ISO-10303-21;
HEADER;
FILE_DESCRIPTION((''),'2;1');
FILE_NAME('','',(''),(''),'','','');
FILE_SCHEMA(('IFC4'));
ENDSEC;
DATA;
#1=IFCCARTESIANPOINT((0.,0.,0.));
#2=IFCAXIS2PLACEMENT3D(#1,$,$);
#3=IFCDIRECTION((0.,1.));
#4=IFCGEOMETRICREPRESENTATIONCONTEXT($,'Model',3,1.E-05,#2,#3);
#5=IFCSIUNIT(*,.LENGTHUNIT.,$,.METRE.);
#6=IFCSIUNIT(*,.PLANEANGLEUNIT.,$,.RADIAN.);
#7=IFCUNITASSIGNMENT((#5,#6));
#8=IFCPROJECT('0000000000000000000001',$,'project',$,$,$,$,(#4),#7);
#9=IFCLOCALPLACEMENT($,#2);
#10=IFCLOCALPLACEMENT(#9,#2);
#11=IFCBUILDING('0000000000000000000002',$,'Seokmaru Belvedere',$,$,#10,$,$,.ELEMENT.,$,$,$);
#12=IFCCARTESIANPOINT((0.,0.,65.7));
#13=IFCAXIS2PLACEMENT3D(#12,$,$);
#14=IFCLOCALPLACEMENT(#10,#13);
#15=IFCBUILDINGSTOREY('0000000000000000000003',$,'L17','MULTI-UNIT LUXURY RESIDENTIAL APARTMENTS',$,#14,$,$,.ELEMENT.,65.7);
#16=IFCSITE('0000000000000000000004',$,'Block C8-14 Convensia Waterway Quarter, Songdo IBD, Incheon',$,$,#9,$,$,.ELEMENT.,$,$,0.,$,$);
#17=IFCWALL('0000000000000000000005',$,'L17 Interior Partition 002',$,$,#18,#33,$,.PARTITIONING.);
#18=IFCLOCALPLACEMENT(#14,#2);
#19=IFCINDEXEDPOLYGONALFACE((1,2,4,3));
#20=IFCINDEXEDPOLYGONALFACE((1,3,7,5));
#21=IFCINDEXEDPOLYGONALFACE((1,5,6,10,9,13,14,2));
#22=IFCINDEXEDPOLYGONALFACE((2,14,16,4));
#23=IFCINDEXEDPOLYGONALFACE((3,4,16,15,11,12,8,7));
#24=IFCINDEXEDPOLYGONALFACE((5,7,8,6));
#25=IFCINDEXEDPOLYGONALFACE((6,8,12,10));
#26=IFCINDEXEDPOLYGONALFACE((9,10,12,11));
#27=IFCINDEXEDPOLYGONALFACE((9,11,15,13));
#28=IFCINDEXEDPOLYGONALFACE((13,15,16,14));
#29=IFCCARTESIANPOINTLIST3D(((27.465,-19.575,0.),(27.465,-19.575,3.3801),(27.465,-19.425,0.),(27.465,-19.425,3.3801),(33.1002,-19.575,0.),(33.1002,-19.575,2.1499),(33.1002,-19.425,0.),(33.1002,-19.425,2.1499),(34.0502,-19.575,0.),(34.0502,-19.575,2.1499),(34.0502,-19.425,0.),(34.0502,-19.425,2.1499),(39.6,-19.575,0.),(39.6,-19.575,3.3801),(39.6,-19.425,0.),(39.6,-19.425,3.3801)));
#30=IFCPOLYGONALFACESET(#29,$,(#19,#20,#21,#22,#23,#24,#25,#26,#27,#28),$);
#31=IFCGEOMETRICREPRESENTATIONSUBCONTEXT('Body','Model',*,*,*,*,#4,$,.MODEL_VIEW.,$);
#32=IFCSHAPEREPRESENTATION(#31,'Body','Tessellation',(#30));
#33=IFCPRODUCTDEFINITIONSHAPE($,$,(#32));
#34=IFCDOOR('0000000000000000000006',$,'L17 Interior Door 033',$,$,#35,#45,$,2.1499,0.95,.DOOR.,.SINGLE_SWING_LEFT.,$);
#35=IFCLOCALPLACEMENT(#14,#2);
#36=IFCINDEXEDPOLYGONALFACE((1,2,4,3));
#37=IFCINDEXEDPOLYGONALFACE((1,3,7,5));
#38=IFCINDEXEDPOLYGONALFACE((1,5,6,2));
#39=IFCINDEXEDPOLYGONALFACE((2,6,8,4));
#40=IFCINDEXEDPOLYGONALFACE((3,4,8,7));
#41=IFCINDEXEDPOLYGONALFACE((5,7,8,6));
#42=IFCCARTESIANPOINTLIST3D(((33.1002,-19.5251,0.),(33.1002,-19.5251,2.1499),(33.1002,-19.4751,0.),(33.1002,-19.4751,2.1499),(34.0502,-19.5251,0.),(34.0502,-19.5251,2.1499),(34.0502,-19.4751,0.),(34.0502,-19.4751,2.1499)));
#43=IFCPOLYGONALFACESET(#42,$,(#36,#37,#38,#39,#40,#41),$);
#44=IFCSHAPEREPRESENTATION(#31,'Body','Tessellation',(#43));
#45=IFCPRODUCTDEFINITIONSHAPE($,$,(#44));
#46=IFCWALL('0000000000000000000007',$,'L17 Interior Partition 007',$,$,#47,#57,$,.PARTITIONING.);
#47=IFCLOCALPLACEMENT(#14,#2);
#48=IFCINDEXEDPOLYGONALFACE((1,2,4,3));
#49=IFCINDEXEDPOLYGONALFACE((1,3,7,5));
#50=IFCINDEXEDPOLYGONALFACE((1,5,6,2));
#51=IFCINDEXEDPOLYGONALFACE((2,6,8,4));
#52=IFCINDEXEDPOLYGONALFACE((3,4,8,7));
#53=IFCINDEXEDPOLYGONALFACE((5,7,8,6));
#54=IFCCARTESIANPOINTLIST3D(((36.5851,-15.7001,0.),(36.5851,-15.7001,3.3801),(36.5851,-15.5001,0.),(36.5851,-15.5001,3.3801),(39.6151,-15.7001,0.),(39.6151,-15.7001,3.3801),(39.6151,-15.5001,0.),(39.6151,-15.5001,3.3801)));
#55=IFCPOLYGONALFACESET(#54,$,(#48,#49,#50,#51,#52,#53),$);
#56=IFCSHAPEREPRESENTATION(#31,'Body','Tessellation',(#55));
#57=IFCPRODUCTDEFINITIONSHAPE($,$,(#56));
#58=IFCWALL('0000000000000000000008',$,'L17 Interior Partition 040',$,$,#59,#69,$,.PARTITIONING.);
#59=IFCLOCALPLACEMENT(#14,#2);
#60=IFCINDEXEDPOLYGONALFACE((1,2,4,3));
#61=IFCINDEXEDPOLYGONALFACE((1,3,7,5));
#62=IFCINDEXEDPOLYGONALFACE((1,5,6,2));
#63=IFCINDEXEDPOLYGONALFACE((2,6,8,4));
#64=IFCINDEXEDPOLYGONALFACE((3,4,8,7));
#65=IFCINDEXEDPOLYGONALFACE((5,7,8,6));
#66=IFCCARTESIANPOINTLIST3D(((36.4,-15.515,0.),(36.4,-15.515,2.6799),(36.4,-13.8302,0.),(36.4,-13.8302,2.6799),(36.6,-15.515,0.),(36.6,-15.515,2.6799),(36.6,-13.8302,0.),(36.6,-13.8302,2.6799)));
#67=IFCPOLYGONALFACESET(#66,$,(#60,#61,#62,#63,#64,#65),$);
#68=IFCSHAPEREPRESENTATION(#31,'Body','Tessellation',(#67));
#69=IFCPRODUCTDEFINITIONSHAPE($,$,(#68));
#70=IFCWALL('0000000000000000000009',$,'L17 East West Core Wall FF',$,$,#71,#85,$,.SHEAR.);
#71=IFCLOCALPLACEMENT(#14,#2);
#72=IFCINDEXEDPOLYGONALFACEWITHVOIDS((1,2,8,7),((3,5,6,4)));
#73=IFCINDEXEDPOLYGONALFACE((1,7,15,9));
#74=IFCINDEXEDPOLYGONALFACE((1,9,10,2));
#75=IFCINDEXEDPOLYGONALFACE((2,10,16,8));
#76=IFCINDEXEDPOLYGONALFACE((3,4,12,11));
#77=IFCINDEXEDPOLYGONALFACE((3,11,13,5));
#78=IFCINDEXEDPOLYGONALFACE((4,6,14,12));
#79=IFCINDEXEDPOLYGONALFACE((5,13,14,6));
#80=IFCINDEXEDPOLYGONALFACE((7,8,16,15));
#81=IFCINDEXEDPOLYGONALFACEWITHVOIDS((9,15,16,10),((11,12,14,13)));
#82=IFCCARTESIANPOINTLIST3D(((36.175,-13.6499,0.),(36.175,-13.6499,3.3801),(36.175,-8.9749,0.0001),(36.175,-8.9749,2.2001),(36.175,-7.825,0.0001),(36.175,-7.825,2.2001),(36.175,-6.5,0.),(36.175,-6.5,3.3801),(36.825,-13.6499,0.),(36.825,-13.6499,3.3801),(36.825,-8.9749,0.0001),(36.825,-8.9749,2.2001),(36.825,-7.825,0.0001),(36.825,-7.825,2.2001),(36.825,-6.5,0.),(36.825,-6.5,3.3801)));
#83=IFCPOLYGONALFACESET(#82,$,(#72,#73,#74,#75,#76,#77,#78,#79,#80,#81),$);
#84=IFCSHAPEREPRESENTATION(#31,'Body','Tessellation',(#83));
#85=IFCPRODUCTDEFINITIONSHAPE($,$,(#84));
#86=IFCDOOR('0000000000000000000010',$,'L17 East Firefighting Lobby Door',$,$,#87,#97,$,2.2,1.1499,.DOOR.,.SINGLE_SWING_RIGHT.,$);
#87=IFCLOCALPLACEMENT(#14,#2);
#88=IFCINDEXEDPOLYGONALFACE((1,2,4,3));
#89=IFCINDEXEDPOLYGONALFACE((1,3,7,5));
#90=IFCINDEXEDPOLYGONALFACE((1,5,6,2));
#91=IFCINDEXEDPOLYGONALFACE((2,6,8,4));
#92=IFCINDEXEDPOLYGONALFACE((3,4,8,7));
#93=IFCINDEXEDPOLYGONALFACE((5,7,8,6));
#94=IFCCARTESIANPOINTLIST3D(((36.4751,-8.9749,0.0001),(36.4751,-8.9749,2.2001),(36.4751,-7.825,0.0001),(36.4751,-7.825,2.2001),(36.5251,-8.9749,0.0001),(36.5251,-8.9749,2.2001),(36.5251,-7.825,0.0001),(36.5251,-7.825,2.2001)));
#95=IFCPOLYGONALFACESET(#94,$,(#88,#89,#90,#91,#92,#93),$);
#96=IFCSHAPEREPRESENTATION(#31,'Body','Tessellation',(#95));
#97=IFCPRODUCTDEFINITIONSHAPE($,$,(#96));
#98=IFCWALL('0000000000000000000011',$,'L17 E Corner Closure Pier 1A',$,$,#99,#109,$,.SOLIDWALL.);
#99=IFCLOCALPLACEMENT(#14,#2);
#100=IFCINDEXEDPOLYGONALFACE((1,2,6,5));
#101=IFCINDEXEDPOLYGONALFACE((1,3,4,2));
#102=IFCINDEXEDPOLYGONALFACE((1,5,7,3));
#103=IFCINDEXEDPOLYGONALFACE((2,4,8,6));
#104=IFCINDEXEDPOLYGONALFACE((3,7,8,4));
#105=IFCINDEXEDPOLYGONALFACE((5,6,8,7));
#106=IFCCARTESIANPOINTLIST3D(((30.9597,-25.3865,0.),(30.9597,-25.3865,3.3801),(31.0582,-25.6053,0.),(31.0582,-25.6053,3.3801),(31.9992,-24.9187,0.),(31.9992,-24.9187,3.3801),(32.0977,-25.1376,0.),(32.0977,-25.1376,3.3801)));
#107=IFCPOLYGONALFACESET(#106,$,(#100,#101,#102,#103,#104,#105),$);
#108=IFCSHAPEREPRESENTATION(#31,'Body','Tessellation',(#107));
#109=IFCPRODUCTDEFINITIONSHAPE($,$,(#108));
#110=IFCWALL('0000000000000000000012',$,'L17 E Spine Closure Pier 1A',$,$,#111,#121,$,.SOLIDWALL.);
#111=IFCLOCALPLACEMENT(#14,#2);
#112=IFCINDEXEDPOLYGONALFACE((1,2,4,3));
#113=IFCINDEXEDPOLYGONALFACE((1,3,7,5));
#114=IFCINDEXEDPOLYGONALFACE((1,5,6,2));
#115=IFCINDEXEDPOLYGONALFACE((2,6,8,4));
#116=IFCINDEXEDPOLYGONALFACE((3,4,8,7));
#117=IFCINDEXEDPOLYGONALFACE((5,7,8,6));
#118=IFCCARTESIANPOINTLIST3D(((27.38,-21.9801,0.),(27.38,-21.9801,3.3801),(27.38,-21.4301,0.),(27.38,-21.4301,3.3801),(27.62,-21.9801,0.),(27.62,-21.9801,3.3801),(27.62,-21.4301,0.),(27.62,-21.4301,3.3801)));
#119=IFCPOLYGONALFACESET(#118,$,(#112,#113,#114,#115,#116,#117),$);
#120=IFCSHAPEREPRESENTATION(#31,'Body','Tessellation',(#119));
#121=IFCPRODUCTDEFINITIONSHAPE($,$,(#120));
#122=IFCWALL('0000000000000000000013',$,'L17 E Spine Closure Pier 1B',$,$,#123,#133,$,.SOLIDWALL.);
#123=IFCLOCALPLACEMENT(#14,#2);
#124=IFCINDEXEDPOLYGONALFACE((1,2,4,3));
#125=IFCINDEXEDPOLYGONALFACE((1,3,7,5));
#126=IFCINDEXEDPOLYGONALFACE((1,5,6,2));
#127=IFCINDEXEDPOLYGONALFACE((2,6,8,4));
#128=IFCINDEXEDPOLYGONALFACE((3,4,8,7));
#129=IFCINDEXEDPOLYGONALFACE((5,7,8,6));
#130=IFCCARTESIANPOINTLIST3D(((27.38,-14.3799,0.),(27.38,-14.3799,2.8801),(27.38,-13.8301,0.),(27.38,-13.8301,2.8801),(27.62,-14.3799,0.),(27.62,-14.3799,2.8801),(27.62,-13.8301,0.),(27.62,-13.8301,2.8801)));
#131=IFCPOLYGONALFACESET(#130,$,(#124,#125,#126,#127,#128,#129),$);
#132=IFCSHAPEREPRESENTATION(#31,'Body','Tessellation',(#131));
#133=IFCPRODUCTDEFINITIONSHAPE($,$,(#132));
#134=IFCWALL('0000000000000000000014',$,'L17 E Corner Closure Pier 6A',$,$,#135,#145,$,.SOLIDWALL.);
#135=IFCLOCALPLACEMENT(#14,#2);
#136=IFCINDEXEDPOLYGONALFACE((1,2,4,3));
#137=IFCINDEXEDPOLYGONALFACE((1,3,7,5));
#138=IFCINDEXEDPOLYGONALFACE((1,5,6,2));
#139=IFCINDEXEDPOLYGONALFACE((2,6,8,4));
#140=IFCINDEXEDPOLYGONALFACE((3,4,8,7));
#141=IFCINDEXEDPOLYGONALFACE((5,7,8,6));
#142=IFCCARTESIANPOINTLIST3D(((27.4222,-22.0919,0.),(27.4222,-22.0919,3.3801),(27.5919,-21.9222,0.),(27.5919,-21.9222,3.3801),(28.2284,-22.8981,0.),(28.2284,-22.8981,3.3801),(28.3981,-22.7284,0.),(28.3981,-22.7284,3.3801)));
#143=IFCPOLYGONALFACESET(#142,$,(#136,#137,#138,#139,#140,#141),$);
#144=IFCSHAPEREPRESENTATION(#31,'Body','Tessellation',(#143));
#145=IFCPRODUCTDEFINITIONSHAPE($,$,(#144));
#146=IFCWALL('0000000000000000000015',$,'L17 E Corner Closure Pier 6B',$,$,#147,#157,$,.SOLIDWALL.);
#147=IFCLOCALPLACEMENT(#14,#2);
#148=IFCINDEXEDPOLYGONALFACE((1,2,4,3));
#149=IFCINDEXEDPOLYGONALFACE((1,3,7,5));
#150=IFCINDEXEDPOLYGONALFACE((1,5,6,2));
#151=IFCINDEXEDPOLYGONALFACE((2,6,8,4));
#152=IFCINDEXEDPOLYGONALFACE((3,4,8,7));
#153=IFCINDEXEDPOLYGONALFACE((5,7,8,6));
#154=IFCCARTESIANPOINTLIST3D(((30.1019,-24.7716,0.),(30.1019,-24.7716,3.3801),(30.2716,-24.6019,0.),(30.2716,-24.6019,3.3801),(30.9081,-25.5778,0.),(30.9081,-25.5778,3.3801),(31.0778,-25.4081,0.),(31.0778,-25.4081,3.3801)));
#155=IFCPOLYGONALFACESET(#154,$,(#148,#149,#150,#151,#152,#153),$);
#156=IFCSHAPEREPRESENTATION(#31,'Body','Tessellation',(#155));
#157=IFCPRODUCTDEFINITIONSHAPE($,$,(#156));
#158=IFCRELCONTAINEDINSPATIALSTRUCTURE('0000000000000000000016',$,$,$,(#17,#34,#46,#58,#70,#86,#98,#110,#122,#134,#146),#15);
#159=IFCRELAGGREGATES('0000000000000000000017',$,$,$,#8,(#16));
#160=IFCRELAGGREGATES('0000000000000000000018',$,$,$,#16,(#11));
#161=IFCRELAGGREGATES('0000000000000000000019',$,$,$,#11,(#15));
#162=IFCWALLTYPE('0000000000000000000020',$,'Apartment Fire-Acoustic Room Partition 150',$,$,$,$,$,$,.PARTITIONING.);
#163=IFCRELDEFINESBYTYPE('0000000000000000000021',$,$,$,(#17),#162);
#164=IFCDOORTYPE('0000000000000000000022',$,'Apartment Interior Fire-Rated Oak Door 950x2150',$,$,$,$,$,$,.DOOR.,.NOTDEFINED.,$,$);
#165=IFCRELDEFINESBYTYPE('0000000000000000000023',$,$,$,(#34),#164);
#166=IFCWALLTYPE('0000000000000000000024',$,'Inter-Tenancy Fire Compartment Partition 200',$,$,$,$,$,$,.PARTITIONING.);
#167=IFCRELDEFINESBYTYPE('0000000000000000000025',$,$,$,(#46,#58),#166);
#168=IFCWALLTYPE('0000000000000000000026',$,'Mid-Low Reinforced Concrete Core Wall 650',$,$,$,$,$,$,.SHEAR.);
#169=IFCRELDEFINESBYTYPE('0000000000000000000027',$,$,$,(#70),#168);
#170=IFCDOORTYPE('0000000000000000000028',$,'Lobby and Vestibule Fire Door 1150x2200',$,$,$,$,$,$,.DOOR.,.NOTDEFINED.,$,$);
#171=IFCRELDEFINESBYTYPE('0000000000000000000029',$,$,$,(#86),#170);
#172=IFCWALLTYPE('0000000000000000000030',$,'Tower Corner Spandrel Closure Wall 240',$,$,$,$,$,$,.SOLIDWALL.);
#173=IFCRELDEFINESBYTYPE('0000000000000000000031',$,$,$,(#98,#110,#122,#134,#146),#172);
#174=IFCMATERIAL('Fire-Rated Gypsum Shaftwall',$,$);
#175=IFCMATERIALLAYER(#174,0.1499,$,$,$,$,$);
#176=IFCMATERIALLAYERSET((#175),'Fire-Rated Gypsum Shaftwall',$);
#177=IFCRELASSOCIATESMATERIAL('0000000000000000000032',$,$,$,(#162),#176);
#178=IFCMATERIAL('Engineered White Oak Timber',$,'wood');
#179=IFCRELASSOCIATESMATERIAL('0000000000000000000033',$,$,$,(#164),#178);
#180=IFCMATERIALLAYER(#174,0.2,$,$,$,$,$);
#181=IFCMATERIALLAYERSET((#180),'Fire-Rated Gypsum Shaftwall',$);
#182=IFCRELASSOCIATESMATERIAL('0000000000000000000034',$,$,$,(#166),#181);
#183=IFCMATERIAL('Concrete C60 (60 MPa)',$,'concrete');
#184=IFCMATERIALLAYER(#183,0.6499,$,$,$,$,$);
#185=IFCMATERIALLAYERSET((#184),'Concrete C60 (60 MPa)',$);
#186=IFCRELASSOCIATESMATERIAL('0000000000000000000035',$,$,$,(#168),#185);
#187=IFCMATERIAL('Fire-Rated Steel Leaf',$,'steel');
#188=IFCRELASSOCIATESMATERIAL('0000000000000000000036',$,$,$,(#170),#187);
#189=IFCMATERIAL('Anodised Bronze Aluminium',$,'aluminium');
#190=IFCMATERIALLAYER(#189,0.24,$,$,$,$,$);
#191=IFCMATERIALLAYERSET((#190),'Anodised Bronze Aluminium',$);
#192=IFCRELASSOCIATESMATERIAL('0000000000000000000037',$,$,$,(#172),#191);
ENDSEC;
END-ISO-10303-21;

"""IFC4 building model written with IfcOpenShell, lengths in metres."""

from ifc_helpers import new_model, si_unit, direction, frame, frame_2d, origin, place, context, subcontext, project, spatial, rectangle, extrude, source, transform, mapped, material, layer, layer_set, type_object, type_shapes, element, fill, save


model = new_model("IFC4")

# Units and contexts
model_context = context("Model", 3, precision=1e-05, world=origin(), true_north=direction((0.0, 1.0)))
body_context = subcontext(model_context, "Body", "Model", "MODEL_VIEW")
ifc_project = project(units=[si_unit("LENGTHUNIT", "METRE"), si_unit("PLANEANGLEUNIT", "RADIAN")], contexts=[model_context])

# Site, building, storey
site_placement = place(None, origin())
site = spatial("IfcSite", under=ifc_project, at=site_placement, Name="Block C8-14 Convensia Waterway Quarter, Songdo IBD, Incheon", CompositionType="ELEMENT", RefElevation=0.0)
building_placement = place(site_placement, origin())
building = spatial("IfcBuilding", under=site, at=building_placement, Name="Seokmaru Belvedere", CompositionType="ELEMENT")
storey_placement = place(building_placement, frame((0.0, 0.0, 65.7)))
storey = spatial("IfcBuildingStorey", under=building, at=storey_placement, Name="L17", Description="MULTI-UNIT LUXURY RESIDENTIAL APARTMENTS", CompositionType="ELEMENT", Elevation=65.7)

# Shared definitions
ifc_material_1 = material(Name="Anodised Bronze Aluminium", Category="aluminium")

# Wall, opening, door
ifc_material_2 = material(Name="Fire-Rated Gypsum Shaftwall")
ifc_layer_1 = layer(ifc_material_2, 0.1499)
ifc_layer_set_1 = layer_set([ifc_layer_1], Name="Fire-Rated Gypsum Shaftwall")
wall_type_1 = type_object("IfcWallType", Name="Apartment Fire-Acoustic Room Partition 150", PredefinedType="PARTITIONING", material=ifc_layer_set_1)
wall_1_placement = place(storey_placement, frame((27.4651, -19.5, 0.0), z_axis=(0.0, 0.0, 1.0), x_axis=(1.0, 0.0, 0.0)))
wall_1 = element("IfcWall", 1, at=wall_1_placement, inside=storey, type_object=wall_type_1, Name="L17 Interior Partition 002", PredefinedType="PARTITIONING", context=body_context, shape_type="SweptSolid", body=[
    extrude(rectangle(XDim=12.135, YDim=0.1499, at=frame_2d((6.0674, 0.0))), origin(), (0.0, 0.0, 1.0), 3.3801),
])
opening_1_placement = place(wall_1_placement, frame((5.635, 0.0, 0.0)))
opening_1 = element("IfcOpeningElement", 2, at=opening_1_placement, cuts=wall_1, PredefinedType="OPENING", context=body_context, shape_type="SweptSolid", body=[
    extrude(rectangle(XDim=0.95, YDim=2.1499, at=frame_2d((0.4751, 1.075))), frame((0.0, 0.085, 0.0), z_axis=(0.0, -1.0, 0.0), x_axis=(1.0, 0.0, 0.0)), (0.0, 0.0, 1.0), 0.1699),
])
ifc_material_3 = material(Name="Engineered White Oak Timber", Category="wood")
door_type_1 = type_object("IfcDoorType", Name="Apartment Interior Fire-Rated Oak Door 950x2150", OperationType="NOTDEFINED", PredefinedType="DOOR", material=ifc_material_3)
shared_shape_1 = source(origin(), body_context, "Body", "SweptSolid", [
    extrude(rectangle(XDim=0.95, YDim=2.1499, at=frame_2d((0.4751, 1.075))), frame((0.0, 0.0249, 0.0), z_axis=(0.0, -1.0, 0.0), x_axis=(1.0, 0.0, 0.0)), (0.0, 0.0, 1.0), 0.05),
])
type_shapes(door_type_1, [shared_shape_1])
door_1_placement = place(opening_1_placement, origin())
door_1 = element("IfcDoor", 3, at=door_1_placement, inside=storey, type_object=door_type_1, Name="L17 Interior Door 033", OperationType="SINGLE_SWING_LEFT", OverallHeight=2.1499, OverallWidth=0.95, PredefinedType="DOOR", context=body_context, shape_type="MappedRepresentation", body=[
    mapped(shared_shape_1, transform((0.0, 0.0, 0.0), scale=1.0)),
])
fill(opening_1, door_1)

# Walls
ifc_layer_2 = layer(ifc_material_2, 0.2)
ifc_layer_set_2 = layer_set([ifc_layer_2], Name="Fire-Rated Gypsum Shaftwall")
wall_type_2 = type_object("IfcWallType", Name="Inter-Tenancy Fire Compartment Partition 200", PredefinedType="PARTITIONING", material=ifc_layer_set_2)
wall_2_placement = place(storey_placement, frame((36.585, -15.6001, 0.0), z_axis=(0.0, 0.0, 1.0), x_axis=(1.0, 0.0, 0.0)))
element("IfcWall", 4, at=wall_2_placement, inside=storey, type_object=wall_type_2, Name="L17 Interior Partition 007", PredefinedType="PARTITIONING", context=body_context, shape_type="SweptSolid", body=[
    extrude(rectangle(XDim=3.03, YDim=0.2, at=frame_2d((1.5151, 0.0))), origin(), (0.0, 0.0, 1.0), 3.3801),
])
wall_3_placement = place(storey_placement, frame((36.5, -15.5149, 0.0), z_axis=(0.0, 0.0, 1.0), x_axis=(0.0, 1.0, 0.0)))
element("IfcWall", 5, at=wall_3_placement, inside=storey, type_object=wall_type_2, Name="L17 Interior Partition 040", PredefinedType="PARTITIONING", context=body_context, shape_type="SweptSolid", body=[
    extrude(rectangle(XDim=1.6848, YDim=0.2, at=frame_2d((0.8423, 0.0))), origin(), (0.0, 0.0, 1.0), 2.6799),
])

# Wall, opening, door
ifc_material_4 = material(Name="Concrete C60 (60 MPa)", Category="concrete")
ifc_layer_3 = layer(ifc_material_4, 0.6499)
ifc_layer_set_3 = layer_set([ifc_layer_3], Name="Concrete C60 (60 MPa)")
wall_type_3 = type_object("IfcWallType", Name="Mid-Low Reinforced Concrete Core Wall 650", PredefinedType="SHEAR", material=ifc_layer_set_3)
wall_4_placement = place(storey_placement, frame((36.5, -13.6499, 0.0), z_axis=(0.0, 0.0, 1.0), x_axis=(0.0, 1.0, 0.0)))
wall_4 = element("IfcWall", 6, at=wall_4_placement, inside=storey, type_object=wall_type_3, Name="L17 East West Core Wall FF", PredefinedType="SHEAR", context=body_context, shape_type="SweptSolid", body=[
    extrude(rectangle(XDim=7.1499, YDim=0.6499, at=frame_2d((3.575, 0.0))), origin(), (0.0, 0.0, 1.0), 3.3801),
])
opening_2_placement = place(wall_4_placement, frame((4.675, 0.0, 0.0)))
opening_2 = element("IfcOpeningElement", 7, at=opening_2_placement, cuts=wall_4, PredefinedType="OPENING", context=body_context, shape_type="SweptSolid", body=[
    extrude(rectangle(XDim=1.1499, YDim=2.2, at=frame_2d((0.575, 1.1001))), frame((0.0, 0.335, 0.0), z_axis=(0.0, -1.0, 0.0), x_axis=(1.0, 0.0, 0.0)), (0.0, 0.0, 1.0), 0.6699),
])
ifc_material_5 = material(Name="Fire-Rated Steel Leaf", Category="steel")
door_type_2 = type_object("IfcDoorType", Name="Lobby and Vestibule Fire Door 1150x2200", OperationType="NOTDEFINED", PredefinedType="DOOR", material=ifc_material_5)
shared_shape_2 = source(origin(), body_context, "Body", "SweptSolid", [
    extrude(rectangle(XDim=1.1499, YDim=2.2, at=frame_2d((0.575, 1.1001))), frame((0.0, 0.0249, 0.0), z_axis=(0.0, -1.0, 0.0), x_axis=(1.0, 0.0, 0.0)), (0.0, 0.0, 1.0), 0.05),
])
type_shapes(door_type_2, [shared_shape_2])
door_2_placement = place(opening_2_placement, origin())
door_2 = element("IfcDoor", 8, at=door_2_placement, inside=storey, type_object=door_type_2, Name="L17 East Firefighting Lobby Door", OperationType="SINGLE_SWING_RIGHT", OverallHeight=2.2, OverallWidth=1.1499, PredefinedType="DOOR", context=body_context, shape_type="MappedRepresentation", body=[
    mapped(shared_shape_2, transform((0.0, 0.0, 0.0), scale=1.0)),
])
fill(opening_2, door_2)

# Walls
ifc_layer_4 = layer(ifc_material_1, 0.24)
ifc_layer_set_4 = layer_set([ifc_layer_4], Name="Anodised Bronze Aluminium")
wall_type_4 = type_object("IfcWallType", Name="Tower Corner Spandrel Closure Wall 240", PredefinedType="SOLIDWALL", material=ifc_layer_set_4)
wall_5_placement = place(storey_placement, frame((31.009, -25.4958, 0.0), z_axis=(0.0, 0.0, 1.0), x_axis=(0.91193, 0.410347, 0.0)))
element("IfcWall", 9, at=wall_5_placement, inside=storey, type_object=wall_type_4, Name="L17 E Corner Closure Pier 1A", PredefinedType="SOLIDWALL", context=body_context, shape_type="SweptSolid", body=[
    extrude(rectangle(XDim=1.1399, YDim=0.24, at=frame_2d((0.5698, 0.0))), origin(), (0.0, 0.0, 1.0), 3.3801),
])
wall_6_placement = place(storey_placement, frame((27.5, -21.98, 0.0), z_axis=(0.0, 0.0, 1.0), x_axis=(0.0, 1.0, 0.0)))
element("IfcWall", 10, at=wall_6_placement, inside=storey, type_object=wall_type_4, Name="L17 E Spine Closure Pier 1A", PredefinedType="SOLIDWALL", context=body_context, shape_type="SweptSolid", body=[
    extrude(rectangle(XDim=0.55, YDim=0.24, at=frame_2d((0.2749, 0.0))), origin(), (0.0, 0.0, 1.0), 3.3801),
])
wall_7_placement = place(storey_placement, frame((27.5, -14.3799, 0.0), z_axis=(0.0, 0.0, 1.0), x_axis=(0.0, 1.0, 0.0)))
element("IfcWall", 11, at=wall_7_placement, inside=storey, type_object=wall_type_4, Name="L17 E Spine Closure Pier 1B", PredefinedType="SOLIDWALL", context=body_context, shape_type="SweptSolid", body=[
    extrude(rectangle(XDim=0.5498, YDim=0.24, at=frame_2d((0.2749, 0.0))), origin(), (0.0, 0.0, 1.0), 2.8801),
])
for number, where, z_axis, x_axis, name in (
    (12, (27.5071, -22.0071, 0.0), (0.0, 0.0, 1.0), (0.707107, -0.707107, 0.0), "L17 E Corner Closure Pier 6A"),
    (13, (30.1868, -24.6868, 0.0), (0.0, 0.0, 1.0), (0.707107, -0.707107, 0.0), "L17 E Corner Closure Pier 6B"),
):
    element("IfcWall", number, at=place(storey_placement, frame(where, z_axis=z_axis, x_axis=x_axis)), inside=storey, type_object=wall_type_4, Name=name, PredefinedType="SOLIDWALL", context=body_context, shape_type="SweptSolid", body=[
        extrude(rectangle(XDim=1.1401, YDim=0.24, at=frame_2d((0.5701, 0.0))), origin(), (0.0, 0.0, 1.0), 3.3801),
    ])

save(model, "model.ifc")
